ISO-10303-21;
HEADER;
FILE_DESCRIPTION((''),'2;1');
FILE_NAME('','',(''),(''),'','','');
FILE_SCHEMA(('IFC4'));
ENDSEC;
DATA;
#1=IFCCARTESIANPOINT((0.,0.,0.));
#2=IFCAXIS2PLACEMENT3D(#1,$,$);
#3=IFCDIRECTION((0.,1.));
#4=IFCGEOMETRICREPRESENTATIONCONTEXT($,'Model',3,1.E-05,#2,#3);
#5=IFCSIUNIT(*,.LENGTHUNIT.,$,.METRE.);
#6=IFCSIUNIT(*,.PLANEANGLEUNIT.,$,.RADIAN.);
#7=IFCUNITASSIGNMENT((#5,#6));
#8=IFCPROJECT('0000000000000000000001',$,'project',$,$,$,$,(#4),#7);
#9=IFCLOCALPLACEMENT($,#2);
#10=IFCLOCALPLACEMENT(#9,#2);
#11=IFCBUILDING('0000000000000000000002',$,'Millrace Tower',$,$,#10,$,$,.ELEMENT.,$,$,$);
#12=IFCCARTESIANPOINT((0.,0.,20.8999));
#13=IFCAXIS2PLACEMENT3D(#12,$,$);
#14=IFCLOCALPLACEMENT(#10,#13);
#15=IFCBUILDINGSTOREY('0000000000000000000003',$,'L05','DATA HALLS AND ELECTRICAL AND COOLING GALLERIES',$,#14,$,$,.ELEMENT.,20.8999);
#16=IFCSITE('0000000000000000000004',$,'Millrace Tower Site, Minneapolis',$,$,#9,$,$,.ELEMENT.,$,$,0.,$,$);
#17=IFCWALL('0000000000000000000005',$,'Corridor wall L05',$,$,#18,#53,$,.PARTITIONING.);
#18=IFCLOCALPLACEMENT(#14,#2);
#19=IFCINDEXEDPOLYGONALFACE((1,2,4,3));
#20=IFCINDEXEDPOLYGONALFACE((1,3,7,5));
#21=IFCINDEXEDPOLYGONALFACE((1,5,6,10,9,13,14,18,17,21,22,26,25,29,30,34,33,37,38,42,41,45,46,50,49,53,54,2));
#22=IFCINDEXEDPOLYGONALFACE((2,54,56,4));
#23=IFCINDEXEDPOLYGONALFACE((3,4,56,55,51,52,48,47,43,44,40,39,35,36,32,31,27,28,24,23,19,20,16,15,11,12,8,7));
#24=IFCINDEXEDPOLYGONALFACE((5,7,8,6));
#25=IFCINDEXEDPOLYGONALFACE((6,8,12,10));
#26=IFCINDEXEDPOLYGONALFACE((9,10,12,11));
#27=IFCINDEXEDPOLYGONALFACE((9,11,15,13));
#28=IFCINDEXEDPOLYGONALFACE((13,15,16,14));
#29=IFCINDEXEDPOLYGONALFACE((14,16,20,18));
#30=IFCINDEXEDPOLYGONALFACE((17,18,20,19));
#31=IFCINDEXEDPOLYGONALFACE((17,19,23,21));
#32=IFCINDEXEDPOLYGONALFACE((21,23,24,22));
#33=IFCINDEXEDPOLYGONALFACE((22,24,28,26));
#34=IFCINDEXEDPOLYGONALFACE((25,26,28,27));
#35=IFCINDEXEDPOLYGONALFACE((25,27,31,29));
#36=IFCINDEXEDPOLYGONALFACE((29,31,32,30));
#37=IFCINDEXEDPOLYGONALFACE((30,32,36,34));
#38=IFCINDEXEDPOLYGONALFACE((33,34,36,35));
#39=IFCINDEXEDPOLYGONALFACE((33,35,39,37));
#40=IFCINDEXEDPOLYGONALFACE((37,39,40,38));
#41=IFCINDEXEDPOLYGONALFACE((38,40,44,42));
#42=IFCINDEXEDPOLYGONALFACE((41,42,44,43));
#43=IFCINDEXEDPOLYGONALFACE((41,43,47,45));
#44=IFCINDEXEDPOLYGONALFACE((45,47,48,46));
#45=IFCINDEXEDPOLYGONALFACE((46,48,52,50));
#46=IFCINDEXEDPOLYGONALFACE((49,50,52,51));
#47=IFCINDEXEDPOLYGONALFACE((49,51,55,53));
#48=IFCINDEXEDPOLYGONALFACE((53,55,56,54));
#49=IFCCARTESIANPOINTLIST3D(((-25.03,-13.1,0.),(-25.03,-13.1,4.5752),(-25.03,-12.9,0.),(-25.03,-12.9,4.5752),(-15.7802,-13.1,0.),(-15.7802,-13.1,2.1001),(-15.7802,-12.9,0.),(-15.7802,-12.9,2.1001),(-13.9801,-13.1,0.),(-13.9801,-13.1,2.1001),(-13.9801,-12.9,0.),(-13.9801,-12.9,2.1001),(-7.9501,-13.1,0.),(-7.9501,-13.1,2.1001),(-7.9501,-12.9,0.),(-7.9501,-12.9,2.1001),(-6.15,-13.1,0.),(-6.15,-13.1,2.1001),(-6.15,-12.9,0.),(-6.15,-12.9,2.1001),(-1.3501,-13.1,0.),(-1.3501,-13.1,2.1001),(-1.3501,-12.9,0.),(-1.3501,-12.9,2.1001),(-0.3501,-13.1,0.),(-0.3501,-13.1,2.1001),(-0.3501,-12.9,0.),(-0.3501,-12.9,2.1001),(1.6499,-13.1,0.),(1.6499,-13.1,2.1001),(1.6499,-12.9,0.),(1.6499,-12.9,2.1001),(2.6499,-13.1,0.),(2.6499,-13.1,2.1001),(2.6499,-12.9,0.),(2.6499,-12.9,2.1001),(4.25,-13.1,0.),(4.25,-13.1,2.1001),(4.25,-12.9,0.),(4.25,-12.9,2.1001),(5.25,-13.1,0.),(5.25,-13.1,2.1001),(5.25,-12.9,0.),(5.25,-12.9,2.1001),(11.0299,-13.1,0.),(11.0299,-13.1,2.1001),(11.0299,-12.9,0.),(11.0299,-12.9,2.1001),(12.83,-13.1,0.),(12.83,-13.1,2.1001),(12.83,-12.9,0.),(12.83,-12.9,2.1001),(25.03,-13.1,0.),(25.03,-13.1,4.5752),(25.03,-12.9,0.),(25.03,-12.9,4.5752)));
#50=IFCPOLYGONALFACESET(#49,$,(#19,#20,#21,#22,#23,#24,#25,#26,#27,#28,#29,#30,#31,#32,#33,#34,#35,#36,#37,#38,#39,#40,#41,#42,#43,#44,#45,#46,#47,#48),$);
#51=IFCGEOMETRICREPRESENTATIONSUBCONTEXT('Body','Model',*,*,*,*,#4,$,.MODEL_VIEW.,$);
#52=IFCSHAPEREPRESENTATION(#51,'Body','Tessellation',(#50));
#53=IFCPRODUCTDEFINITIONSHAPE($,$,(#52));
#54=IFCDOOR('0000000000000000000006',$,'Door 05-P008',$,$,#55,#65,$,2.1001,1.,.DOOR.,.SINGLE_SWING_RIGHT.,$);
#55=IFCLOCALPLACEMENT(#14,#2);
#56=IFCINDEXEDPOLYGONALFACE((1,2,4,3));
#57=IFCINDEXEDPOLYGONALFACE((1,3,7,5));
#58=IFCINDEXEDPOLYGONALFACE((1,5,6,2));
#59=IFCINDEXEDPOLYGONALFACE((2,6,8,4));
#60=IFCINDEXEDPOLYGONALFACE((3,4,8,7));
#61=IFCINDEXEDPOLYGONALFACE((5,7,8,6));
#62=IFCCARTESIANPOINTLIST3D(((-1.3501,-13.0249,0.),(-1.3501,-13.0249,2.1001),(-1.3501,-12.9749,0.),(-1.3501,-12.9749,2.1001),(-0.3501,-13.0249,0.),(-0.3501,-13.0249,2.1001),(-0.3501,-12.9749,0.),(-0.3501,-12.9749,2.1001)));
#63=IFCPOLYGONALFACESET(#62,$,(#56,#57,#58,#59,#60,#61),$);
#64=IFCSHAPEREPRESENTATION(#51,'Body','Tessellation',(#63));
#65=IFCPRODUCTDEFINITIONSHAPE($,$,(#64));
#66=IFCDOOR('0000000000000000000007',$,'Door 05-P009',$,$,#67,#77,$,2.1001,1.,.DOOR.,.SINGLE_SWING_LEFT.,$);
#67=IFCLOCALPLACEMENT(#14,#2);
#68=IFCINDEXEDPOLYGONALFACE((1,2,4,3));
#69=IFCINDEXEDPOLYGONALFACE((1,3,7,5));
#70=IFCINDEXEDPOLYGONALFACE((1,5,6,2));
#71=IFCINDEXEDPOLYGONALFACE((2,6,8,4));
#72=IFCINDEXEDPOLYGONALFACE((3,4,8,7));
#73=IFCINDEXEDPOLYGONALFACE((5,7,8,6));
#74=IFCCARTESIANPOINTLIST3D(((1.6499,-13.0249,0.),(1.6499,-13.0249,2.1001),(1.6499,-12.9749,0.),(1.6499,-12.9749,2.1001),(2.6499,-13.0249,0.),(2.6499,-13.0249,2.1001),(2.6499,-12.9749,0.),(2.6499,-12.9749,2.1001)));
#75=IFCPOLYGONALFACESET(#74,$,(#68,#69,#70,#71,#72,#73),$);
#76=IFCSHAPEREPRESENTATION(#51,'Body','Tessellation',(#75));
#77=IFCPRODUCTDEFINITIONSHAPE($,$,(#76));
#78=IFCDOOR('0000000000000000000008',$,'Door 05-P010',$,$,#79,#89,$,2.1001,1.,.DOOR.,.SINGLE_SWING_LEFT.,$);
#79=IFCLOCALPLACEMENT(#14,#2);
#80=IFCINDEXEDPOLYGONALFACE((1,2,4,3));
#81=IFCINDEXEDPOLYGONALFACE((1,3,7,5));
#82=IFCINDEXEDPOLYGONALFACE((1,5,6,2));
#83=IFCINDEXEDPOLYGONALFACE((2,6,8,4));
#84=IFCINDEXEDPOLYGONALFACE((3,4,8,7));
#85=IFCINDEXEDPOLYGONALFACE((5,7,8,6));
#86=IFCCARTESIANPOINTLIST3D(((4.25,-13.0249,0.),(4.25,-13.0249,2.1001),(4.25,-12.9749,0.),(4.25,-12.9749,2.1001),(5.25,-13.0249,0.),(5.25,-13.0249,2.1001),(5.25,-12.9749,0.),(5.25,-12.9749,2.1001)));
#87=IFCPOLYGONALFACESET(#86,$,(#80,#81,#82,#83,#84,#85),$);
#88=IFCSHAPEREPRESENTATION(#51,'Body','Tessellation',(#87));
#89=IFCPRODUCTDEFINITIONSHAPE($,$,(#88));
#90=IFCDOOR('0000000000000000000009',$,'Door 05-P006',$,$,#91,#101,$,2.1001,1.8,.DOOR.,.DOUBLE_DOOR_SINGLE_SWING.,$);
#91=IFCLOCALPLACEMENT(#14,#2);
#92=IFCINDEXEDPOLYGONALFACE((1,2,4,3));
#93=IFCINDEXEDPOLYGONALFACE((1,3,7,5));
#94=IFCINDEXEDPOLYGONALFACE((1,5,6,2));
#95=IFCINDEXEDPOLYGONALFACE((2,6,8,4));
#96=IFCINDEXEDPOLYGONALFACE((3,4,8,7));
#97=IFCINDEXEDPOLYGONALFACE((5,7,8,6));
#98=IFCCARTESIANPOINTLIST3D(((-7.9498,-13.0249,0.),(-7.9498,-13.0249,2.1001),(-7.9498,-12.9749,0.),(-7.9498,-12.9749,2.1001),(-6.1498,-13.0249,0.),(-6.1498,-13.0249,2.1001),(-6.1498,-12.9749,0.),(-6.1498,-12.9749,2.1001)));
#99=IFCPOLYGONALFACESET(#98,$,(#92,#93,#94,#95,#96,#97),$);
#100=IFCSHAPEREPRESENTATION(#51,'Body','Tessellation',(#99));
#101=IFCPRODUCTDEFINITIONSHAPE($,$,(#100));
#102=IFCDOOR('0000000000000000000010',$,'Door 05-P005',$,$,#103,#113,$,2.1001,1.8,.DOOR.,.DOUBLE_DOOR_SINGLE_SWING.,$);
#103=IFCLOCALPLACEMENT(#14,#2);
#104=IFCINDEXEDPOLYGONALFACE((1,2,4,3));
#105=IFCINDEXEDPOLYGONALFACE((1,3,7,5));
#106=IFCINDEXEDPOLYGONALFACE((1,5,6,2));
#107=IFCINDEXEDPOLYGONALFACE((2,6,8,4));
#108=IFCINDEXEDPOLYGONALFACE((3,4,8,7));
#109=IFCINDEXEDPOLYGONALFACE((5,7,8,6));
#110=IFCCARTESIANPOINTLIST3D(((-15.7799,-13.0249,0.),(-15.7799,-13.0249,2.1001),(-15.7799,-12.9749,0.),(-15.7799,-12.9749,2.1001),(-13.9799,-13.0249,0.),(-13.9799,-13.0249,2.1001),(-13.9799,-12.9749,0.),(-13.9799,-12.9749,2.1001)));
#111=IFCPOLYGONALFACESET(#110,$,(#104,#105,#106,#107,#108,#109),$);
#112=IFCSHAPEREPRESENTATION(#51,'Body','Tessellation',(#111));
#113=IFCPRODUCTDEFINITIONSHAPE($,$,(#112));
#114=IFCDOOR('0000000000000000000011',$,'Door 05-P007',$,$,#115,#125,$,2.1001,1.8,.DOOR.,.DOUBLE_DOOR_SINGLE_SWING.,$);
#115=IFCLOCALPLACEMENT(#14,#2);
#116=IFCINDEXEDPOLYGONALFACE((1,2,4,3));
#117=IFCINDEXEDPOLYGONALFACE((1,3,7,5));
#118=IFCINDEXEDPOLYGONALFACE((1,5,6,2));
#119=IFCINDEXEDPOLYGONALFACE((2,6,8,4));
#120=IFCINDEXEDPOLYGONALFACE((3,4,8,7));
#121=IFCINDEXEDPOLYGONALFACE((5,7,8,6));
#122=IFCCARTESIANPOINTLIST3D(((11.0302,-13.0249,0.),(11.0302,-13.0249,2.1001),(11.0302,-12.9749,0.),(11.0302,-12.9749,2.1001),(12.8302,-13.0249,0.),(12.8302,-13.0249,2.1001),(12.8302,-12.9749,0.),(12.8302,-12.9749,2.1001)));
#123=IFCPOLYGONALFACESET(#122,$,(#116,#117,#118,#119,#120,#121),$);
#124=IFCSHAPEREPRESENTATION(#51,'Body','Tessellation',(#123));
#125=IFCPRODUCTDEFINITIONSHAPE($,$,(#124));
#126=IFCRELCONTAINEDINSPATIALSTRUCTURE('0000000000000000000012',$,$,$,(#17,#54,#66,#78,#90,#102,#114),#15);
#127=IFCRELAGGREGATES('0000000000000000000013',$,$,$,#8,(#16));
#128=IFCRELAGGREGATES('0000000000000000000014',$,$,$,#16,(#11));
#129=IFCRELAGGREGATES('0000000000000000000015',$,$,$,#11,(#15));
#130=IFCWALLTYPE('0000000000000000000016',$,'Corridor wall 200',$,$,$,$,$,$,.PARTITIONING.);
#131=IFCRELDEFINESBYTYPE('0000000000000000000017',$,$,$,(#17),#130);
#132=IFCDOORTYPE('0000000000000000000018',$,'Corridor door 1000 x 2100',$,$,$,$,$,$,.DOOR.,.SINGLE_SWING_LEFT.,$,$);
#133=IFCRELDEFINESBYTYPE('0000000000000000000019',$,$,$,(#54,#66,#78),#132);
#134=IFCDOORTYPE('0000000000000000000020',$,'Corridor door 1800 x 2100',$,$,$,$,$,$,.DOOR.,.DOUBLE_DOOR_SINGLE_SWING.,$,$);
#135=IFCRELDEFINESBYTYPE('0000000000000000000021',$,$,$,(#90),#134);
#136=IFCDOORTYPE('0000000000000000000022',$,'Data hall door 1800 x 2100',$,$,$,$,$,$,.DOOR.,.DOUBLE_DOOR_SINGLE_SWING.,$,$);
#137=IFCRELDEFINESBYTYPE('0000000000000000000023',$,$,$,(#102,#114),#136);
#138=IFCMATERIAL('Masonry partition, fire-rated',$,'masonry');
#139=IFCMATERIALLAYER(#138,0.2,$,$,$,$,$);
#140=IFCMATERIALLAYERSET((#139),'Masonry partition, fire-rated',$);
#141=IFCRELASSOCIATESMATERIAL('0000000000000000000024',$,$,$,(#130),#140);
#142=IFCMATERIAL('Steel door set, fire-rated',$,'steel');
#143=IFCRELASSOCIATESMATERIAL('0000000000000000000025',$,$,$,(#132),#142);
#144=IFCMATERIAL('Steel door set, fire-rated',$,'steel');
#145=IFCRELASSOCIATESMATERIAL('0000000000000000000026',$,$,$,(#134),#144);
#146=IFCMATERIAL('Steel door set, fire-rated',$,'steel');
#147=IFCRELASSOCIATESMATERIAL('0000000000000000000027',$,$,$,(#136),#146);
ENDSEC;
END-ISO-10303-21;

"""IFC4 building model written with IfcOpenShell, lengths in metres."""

from ifc_helpers import new_model, si_unit, direction, frame, frame_2d, origin, place, context, subcontext, project, spatial, rectangle, extrude, material, layer, layer_set, type_object, element, fill, save


model = new_model("IFC4")

# Units and contexts
model_context = context("Model", 3, precision=1e-05, world=origin(), true_north=direction((0.0, 1.0)))
body_context = subcontext(model_context, "Body", "Model", "MODEL_VIEW")
ifc_project = project(units=[si_unit("LENGTHUNIT", "METRE"), si_unit("PLANEANGLEUNIT", "RADIAN")], contexts=[model_context])

# Site, building, storey
site_placement = place(None, origin())
site = spatial("IfcSite", under=ifc_project, at=site_placement, Name="Millrace Tower Site, Minneapolis", CompositionType="ELEMENT", RefElevation=0.0)
building_placement = place(site_placement, origin())
building = spatial("IfcBuilding", under=site, at=building_placement, Name="Millrace Tower", CompositionType="ELEMENT")
storey_placement = place(building_placement, frame((0.0, 0.0, 20.8999)))
storey = spatial("IfcBuildingStorey", under=building, at=storey_placement, Name="L05", Description="DATA HALLS AND ELECTRICAL AND COOLING GALLERIES", CompositionType="ELEMENT", Elevation=20.8999)

# Wall, openings, doors
ifc_material_1 = material(Name="Masonry partition, fire-rated", Category="masonry")
ifc_layer_1 = layer(ifc_material_1, 0.2)
ifc_layer_set_1 = layer_set([ifc_layer_1], Name="Masonry partition, fire-rated")
wall_type_1 = type_object("IfcWallType", Name="Corridor wall 200", PredefinedType="PARTITIONING", material=ifc_layer_set_1)
wall_1_placement = place(storey_placement, frame((-25.03, -13.0, 0.0), z_axis=(0.0, 0.0, 1.0), x_axis=(1.0, 0.0, 0.0)))
wall_1 = element("IfcWall", 1, at=wall_1_placement, inside=storey, type_object=wall_type_1, Name="Corridor wall L05", PredefinedType="PARTITIONING", context=body_context, shape_type="SweptSolid", body=[
    extrude(rectangle(XDim=50.0601, YDim=0.2, at=frame_2d((25.03, 0.0))), origin(), (0.0, 0.0, 1.0), 4.5752),
])
opening_1_placement = place(wall_1_placement, frame((9.25, 0.0, 0.0)))
opening_1 = element("IfcOpeningElement", 2, at=opening_1_placement, cuts=wall_1, PredefinedType="OPENING", context=body_context, shape_type="SweptSolid", body=[
    extrude(rectangle(XDim=1.8, YDim=2.1001, at=frame_2d((0.8999, 1.05))), frame((0.0, 0.1099, 0.0), z_axis=(0.0, -1.0, 0.0), x_axis=(1.0, 0.0, 0.0)), (0.0, 0.0, 1.0), 0.22),
])
opening_2_placement = place(wall_1_placement, frame((17.0801, 0.0, 0.0)))
opening_2 = element("IfcOpeningElement", 3, at=opening_2_placement, cuts=wall_1, PredefinedType="OPENING", context=body_context, shape_type="SweptSolid", body=[
    extrude(rectangle(XDim=1.8, YDim=2.1001, at=frame_2d((0.8999, 1.05))), frame((0.0, 0.1099, 0.0), z_axis=(0.0, -1.0, 0.0), x_axis=(1.0, 0.0, 0.0)), (0.0, 0.0, 1.0), 0.22),
])
opening_3_placement = place(wall_1_placement, frame((36.0601, 0.0, 0.0)))
opening_3 = element("IfcOpeningElement", 4, at=opening_3_placement, cuts=wall_1, PredefinedType="OPENING", context=body_context, shape_type="SweptSolid", body=[
    extrude(rectangle(XDim=1.8, YDim=2.1001, at=frame_2d((0.8999, 1.05))), frame((0.0, 0.1099, 0.0), z_axis=(0.0, -1.0, 0.0), x_axis=(1.0, 0.0, 0.0)), (0.0, 0.0, 1.0), 0.22),
])
opening_4_placement = place(wall_1_placement, frame((23.6799, 0.0, 0.0)))
opening_4 = element("IfcOpeningElement", 5, at=opening_4_placement, cuts=wall_1, PredefinedType="OPENING", context=body_context, shape_type="SweptSolid", body=[
    extrude(rectangle(XDim=1.0, YDim=2.1001, at=frame_2d((0.5, 1.05))), frame((0.0, 0.1099, 0.0), z_axis=(0.0, -1.0, 0.0), x_axis=(1.0, 0.0, 0.0)), (0.0, 0.0, 1.0), 0.22),
])
opening_5_placement = place(wall_1_placement, frame((26.6799, 0.0, 0.0)))
opening_5 = element("IfcOpeningElement", 6, at=opening_5_placement, cuts=wall_1, PredefinedType="OPENING", context=body_context, shape_type="SweptSolid", body=[
    extrude(rectangle(XDim=1.0, YDim=2.1001, at=frame_2d((0.5, 1.05))), frame((0.0, 0.1099, 0.0), z_axis=(0.0, -1.0, 0.0), x_axis=(1.0, 0.0, 0.0)), (0.0, 0.0, 1.0), 0.22),
])
opening_6_placement = place(wall_1_placement, frame((29.28, 0.0, 0.0)))
opening_6 = element("IfcOpeningElement", 7, at=opening_6_placement, cuts=wall_1, PredefinedType="OPENING", context=body_context, shape_type="SweptSolid", body=[
    extrude(rectangle(XDim=1.0, YDim=2.1001, at=frame_2d((0.5, 1.05))), frame((0.0, 0.1099, 0.0), z_axis=(0.0, -1.0, 0.0), x_axis=(1.0, 0.0, 0.0)), (0.0, 0.0, 1.0), 0.22),
])
ifc_material_2 = material(Name="Steel door set, fire-rated", Category="steel")
door_type_1 = type_object("IfcDoorType", Name="Corridor door 1000 x 2100", OperationType="SINGLE_SWING_LEFT", PredefinedType="DOOR", material=ifc_material_2)
door_1_placement = place(opening_4_placement, frame((1.0, 0.0, 0.0), z_axis=(0.0, 0.0, 1.0), x_axis=(-1.0, 0.0, 0.0)))
door_1 = element("IfcDoor", 8, at=door_1_placement, inside=storey, type_object=door_type_1, Name="Door 05-P008", OperationType="SINGLE_SWING_RIGHT", OverallHeight=2.1001, OverallWidth=1.0, PredefinedType="DOOR", context=body_context, shape_type="SweptSolid", body=[
    extrude(rectangle(XDim=1.0, YDim=2.1001, at=frame_2d((0.5, 1.05))), frame((0.0, 0.0249, 0.0), z_axis=(0.0, -1.0, 0.0), x_axis=(1.0, 0.0, 0.0)), (0.0, 0.0, 1.0), 0.05),
])
fill(opening_4, door_1)
door_2_placement = place(opening_5_placement, frame((1.0, 0.0, 0.0), z_axis=(0.0, 0.0, 1.0), x_axis=(-1.0, 0.0, 0.0)))
door_2 = element("IfcDoor", 9, at=door_2_placement, inside=storey, type_object=door_type_1, Name="Door 05-P009", OperationType="SINGLE_SWING_LEFT", OverallHeight=2.1001, OverallWidth=1.0, PredefinedType="DOOR", context=body_context, shape_type="SweptSolid", body=[
    extrude(rectangle(XDim=1.0, YDim=2.1001, at=frame_2d((0.5, 1.05))), frame((0.0, 0.0249, 0.0), z_axis=(0.0, -1.0, 0.0), x_axis=(1.0, 0.0, 0.0)), (0.0, 0.0, 1.0), 0.05),
])
fill(opening_5, door_2)
door_3_placement = place(opening_6_placement, frame((1.0, 0.0, 0.0), z_axis=(0.0, 0.0, 1.0), x_axis=(-1.0, 0.0, 0.0)))
door_3 = element("IfcDoor", 10, at=door_3_placement, inside=storey, type_object=door_type_1, Name="Door 05-P010", OperationType="SINGLE_SWING_LEFT", OverallHeight=2.1001, OverallWidth=1.0, PredefinedType="DOOR", context=body_context, shape_type="SweptSolid", body=[
    extrude(rectangle(XDim=1.0, YDim=2.1001, at=frame_2d((0.5, 1.05))), frame((0.0, 0.0249, 0.0), z_axis=(0.0, -1.0, 0.0), x_axis=(1.0, 0.0, 0.0)), (0.0, 0.0, 1.0), 0.05),
])
fill(opening_6, door_3)
ifc_material_3 = material(Name="Steel door set, fire-rated", Category="steel")
door_type_2 = type_object("IfcDoorType", Name="Corridor door 1800 x 2100", OperationType="DOUBLE_DOOR_SINGLE_SWING", PredefinedType="DOOR", material=ifc_material_3)
door_4_placement = place(opening_2_placement, frame((1.8, 0.0, 0.0), z_axis=(0.0, 0.0, 1.0), x_axis=(-1.0, 0.0, 0.0)))
door_4 = element("IfcDoor", 11, at=door_4_placement, inside=storey, type_object=door_type_2, Name="Door 05-P006", OperationType="DOUBLE_DOOR_SINGLE_SWING", OverallHeight=2.1001, OverallWidth=1.8, PredefinedType="DOOR", context=body_context, shape_type="SweptSolid", body=[
    extrude(rectangle(XDim=1.8, YDim=2.1001, at=frame_2d((0.8999, 1.05))), frame((0.0, 0.0249, 0.0), z_axis=(0.0, -1.0, 0.0), x_axis=(1.0, 0.0, 0.0)), (0.0, 0.0, 1.0), 0.05),
])
fill(opening_2, door_4)
ifc_material_4 = material(Name="Steel door set, fire-rated", Category="steel")
door_type_3 = type_object("IfcDoorType", Name="Data hall door 1800 x 2100", OperationType="DOUBLE_DOOR_SINGLE_SWING", PredefinedType="DOOR", material=ifc_material_4)
door_5_placement = place(opening_1_placement, frame((1.8, 0.0, 0.0), z_axis=(0.0, 0.0, 1.0), x_axis=(-1.0, 0.0, 0.0)))
door_5 = element("IfcDoor", 12, at=door_5_placement, inside=storey, type_object=door_type_3, Name="Door 05-P005", OperationType="DOUBLE_DOOR_SINGLE_SWING", OverallHeight=2.1001, OverallWidth=1.8, PredefinedType="DOOR", context=body_context, shape_type="SweptSolid", body=[
    extrude(rectangle(XDim=1.8, YDim=2.1001, at=frame_2d((0.8999, 1.05))), frame((0.0, 0.0249, 0.0), z_axis=(0.0, -1.0, 0.0), x_axis=(1.0, 0.0, 0.0)), (0.0, 0.0, 1.0), 0.05),
])
fill(opening_1, door_5)
door_6_placement = place(opening_3_placement, frame((1.8, 0.0, 0.0), z_axis=(0.0, 0.0, 1.0), x_axis=(-1.0, 0.0, 0.0)))
door_6 = element("IfcDoor", 13, at=door_6_placement, inside=storey, type_object=door_type_3, Name="Door 05-P007", OperationType="DOUBLE_DOOR_SINGLE_SWING", OverallHeight=2.1001, OverallWidth=1.8, PredefinedType="DOOR", context=body_context, shape_type="SweptSolid", body=[
    extrude(rectangle(XDim=1.8, YDim=2.1001, at=frame_2d((0.8999, 1.05))), frame((0.0, 0.0249, 0.0), z_axis=(0.0, -1.0, 0.0), x_axis=(1.0, 0.0, 0.0)), (0.0, 0.0, 1.0), 0.05),
])
fill(opening_3, door_6)

save(model, "model.ifc")
